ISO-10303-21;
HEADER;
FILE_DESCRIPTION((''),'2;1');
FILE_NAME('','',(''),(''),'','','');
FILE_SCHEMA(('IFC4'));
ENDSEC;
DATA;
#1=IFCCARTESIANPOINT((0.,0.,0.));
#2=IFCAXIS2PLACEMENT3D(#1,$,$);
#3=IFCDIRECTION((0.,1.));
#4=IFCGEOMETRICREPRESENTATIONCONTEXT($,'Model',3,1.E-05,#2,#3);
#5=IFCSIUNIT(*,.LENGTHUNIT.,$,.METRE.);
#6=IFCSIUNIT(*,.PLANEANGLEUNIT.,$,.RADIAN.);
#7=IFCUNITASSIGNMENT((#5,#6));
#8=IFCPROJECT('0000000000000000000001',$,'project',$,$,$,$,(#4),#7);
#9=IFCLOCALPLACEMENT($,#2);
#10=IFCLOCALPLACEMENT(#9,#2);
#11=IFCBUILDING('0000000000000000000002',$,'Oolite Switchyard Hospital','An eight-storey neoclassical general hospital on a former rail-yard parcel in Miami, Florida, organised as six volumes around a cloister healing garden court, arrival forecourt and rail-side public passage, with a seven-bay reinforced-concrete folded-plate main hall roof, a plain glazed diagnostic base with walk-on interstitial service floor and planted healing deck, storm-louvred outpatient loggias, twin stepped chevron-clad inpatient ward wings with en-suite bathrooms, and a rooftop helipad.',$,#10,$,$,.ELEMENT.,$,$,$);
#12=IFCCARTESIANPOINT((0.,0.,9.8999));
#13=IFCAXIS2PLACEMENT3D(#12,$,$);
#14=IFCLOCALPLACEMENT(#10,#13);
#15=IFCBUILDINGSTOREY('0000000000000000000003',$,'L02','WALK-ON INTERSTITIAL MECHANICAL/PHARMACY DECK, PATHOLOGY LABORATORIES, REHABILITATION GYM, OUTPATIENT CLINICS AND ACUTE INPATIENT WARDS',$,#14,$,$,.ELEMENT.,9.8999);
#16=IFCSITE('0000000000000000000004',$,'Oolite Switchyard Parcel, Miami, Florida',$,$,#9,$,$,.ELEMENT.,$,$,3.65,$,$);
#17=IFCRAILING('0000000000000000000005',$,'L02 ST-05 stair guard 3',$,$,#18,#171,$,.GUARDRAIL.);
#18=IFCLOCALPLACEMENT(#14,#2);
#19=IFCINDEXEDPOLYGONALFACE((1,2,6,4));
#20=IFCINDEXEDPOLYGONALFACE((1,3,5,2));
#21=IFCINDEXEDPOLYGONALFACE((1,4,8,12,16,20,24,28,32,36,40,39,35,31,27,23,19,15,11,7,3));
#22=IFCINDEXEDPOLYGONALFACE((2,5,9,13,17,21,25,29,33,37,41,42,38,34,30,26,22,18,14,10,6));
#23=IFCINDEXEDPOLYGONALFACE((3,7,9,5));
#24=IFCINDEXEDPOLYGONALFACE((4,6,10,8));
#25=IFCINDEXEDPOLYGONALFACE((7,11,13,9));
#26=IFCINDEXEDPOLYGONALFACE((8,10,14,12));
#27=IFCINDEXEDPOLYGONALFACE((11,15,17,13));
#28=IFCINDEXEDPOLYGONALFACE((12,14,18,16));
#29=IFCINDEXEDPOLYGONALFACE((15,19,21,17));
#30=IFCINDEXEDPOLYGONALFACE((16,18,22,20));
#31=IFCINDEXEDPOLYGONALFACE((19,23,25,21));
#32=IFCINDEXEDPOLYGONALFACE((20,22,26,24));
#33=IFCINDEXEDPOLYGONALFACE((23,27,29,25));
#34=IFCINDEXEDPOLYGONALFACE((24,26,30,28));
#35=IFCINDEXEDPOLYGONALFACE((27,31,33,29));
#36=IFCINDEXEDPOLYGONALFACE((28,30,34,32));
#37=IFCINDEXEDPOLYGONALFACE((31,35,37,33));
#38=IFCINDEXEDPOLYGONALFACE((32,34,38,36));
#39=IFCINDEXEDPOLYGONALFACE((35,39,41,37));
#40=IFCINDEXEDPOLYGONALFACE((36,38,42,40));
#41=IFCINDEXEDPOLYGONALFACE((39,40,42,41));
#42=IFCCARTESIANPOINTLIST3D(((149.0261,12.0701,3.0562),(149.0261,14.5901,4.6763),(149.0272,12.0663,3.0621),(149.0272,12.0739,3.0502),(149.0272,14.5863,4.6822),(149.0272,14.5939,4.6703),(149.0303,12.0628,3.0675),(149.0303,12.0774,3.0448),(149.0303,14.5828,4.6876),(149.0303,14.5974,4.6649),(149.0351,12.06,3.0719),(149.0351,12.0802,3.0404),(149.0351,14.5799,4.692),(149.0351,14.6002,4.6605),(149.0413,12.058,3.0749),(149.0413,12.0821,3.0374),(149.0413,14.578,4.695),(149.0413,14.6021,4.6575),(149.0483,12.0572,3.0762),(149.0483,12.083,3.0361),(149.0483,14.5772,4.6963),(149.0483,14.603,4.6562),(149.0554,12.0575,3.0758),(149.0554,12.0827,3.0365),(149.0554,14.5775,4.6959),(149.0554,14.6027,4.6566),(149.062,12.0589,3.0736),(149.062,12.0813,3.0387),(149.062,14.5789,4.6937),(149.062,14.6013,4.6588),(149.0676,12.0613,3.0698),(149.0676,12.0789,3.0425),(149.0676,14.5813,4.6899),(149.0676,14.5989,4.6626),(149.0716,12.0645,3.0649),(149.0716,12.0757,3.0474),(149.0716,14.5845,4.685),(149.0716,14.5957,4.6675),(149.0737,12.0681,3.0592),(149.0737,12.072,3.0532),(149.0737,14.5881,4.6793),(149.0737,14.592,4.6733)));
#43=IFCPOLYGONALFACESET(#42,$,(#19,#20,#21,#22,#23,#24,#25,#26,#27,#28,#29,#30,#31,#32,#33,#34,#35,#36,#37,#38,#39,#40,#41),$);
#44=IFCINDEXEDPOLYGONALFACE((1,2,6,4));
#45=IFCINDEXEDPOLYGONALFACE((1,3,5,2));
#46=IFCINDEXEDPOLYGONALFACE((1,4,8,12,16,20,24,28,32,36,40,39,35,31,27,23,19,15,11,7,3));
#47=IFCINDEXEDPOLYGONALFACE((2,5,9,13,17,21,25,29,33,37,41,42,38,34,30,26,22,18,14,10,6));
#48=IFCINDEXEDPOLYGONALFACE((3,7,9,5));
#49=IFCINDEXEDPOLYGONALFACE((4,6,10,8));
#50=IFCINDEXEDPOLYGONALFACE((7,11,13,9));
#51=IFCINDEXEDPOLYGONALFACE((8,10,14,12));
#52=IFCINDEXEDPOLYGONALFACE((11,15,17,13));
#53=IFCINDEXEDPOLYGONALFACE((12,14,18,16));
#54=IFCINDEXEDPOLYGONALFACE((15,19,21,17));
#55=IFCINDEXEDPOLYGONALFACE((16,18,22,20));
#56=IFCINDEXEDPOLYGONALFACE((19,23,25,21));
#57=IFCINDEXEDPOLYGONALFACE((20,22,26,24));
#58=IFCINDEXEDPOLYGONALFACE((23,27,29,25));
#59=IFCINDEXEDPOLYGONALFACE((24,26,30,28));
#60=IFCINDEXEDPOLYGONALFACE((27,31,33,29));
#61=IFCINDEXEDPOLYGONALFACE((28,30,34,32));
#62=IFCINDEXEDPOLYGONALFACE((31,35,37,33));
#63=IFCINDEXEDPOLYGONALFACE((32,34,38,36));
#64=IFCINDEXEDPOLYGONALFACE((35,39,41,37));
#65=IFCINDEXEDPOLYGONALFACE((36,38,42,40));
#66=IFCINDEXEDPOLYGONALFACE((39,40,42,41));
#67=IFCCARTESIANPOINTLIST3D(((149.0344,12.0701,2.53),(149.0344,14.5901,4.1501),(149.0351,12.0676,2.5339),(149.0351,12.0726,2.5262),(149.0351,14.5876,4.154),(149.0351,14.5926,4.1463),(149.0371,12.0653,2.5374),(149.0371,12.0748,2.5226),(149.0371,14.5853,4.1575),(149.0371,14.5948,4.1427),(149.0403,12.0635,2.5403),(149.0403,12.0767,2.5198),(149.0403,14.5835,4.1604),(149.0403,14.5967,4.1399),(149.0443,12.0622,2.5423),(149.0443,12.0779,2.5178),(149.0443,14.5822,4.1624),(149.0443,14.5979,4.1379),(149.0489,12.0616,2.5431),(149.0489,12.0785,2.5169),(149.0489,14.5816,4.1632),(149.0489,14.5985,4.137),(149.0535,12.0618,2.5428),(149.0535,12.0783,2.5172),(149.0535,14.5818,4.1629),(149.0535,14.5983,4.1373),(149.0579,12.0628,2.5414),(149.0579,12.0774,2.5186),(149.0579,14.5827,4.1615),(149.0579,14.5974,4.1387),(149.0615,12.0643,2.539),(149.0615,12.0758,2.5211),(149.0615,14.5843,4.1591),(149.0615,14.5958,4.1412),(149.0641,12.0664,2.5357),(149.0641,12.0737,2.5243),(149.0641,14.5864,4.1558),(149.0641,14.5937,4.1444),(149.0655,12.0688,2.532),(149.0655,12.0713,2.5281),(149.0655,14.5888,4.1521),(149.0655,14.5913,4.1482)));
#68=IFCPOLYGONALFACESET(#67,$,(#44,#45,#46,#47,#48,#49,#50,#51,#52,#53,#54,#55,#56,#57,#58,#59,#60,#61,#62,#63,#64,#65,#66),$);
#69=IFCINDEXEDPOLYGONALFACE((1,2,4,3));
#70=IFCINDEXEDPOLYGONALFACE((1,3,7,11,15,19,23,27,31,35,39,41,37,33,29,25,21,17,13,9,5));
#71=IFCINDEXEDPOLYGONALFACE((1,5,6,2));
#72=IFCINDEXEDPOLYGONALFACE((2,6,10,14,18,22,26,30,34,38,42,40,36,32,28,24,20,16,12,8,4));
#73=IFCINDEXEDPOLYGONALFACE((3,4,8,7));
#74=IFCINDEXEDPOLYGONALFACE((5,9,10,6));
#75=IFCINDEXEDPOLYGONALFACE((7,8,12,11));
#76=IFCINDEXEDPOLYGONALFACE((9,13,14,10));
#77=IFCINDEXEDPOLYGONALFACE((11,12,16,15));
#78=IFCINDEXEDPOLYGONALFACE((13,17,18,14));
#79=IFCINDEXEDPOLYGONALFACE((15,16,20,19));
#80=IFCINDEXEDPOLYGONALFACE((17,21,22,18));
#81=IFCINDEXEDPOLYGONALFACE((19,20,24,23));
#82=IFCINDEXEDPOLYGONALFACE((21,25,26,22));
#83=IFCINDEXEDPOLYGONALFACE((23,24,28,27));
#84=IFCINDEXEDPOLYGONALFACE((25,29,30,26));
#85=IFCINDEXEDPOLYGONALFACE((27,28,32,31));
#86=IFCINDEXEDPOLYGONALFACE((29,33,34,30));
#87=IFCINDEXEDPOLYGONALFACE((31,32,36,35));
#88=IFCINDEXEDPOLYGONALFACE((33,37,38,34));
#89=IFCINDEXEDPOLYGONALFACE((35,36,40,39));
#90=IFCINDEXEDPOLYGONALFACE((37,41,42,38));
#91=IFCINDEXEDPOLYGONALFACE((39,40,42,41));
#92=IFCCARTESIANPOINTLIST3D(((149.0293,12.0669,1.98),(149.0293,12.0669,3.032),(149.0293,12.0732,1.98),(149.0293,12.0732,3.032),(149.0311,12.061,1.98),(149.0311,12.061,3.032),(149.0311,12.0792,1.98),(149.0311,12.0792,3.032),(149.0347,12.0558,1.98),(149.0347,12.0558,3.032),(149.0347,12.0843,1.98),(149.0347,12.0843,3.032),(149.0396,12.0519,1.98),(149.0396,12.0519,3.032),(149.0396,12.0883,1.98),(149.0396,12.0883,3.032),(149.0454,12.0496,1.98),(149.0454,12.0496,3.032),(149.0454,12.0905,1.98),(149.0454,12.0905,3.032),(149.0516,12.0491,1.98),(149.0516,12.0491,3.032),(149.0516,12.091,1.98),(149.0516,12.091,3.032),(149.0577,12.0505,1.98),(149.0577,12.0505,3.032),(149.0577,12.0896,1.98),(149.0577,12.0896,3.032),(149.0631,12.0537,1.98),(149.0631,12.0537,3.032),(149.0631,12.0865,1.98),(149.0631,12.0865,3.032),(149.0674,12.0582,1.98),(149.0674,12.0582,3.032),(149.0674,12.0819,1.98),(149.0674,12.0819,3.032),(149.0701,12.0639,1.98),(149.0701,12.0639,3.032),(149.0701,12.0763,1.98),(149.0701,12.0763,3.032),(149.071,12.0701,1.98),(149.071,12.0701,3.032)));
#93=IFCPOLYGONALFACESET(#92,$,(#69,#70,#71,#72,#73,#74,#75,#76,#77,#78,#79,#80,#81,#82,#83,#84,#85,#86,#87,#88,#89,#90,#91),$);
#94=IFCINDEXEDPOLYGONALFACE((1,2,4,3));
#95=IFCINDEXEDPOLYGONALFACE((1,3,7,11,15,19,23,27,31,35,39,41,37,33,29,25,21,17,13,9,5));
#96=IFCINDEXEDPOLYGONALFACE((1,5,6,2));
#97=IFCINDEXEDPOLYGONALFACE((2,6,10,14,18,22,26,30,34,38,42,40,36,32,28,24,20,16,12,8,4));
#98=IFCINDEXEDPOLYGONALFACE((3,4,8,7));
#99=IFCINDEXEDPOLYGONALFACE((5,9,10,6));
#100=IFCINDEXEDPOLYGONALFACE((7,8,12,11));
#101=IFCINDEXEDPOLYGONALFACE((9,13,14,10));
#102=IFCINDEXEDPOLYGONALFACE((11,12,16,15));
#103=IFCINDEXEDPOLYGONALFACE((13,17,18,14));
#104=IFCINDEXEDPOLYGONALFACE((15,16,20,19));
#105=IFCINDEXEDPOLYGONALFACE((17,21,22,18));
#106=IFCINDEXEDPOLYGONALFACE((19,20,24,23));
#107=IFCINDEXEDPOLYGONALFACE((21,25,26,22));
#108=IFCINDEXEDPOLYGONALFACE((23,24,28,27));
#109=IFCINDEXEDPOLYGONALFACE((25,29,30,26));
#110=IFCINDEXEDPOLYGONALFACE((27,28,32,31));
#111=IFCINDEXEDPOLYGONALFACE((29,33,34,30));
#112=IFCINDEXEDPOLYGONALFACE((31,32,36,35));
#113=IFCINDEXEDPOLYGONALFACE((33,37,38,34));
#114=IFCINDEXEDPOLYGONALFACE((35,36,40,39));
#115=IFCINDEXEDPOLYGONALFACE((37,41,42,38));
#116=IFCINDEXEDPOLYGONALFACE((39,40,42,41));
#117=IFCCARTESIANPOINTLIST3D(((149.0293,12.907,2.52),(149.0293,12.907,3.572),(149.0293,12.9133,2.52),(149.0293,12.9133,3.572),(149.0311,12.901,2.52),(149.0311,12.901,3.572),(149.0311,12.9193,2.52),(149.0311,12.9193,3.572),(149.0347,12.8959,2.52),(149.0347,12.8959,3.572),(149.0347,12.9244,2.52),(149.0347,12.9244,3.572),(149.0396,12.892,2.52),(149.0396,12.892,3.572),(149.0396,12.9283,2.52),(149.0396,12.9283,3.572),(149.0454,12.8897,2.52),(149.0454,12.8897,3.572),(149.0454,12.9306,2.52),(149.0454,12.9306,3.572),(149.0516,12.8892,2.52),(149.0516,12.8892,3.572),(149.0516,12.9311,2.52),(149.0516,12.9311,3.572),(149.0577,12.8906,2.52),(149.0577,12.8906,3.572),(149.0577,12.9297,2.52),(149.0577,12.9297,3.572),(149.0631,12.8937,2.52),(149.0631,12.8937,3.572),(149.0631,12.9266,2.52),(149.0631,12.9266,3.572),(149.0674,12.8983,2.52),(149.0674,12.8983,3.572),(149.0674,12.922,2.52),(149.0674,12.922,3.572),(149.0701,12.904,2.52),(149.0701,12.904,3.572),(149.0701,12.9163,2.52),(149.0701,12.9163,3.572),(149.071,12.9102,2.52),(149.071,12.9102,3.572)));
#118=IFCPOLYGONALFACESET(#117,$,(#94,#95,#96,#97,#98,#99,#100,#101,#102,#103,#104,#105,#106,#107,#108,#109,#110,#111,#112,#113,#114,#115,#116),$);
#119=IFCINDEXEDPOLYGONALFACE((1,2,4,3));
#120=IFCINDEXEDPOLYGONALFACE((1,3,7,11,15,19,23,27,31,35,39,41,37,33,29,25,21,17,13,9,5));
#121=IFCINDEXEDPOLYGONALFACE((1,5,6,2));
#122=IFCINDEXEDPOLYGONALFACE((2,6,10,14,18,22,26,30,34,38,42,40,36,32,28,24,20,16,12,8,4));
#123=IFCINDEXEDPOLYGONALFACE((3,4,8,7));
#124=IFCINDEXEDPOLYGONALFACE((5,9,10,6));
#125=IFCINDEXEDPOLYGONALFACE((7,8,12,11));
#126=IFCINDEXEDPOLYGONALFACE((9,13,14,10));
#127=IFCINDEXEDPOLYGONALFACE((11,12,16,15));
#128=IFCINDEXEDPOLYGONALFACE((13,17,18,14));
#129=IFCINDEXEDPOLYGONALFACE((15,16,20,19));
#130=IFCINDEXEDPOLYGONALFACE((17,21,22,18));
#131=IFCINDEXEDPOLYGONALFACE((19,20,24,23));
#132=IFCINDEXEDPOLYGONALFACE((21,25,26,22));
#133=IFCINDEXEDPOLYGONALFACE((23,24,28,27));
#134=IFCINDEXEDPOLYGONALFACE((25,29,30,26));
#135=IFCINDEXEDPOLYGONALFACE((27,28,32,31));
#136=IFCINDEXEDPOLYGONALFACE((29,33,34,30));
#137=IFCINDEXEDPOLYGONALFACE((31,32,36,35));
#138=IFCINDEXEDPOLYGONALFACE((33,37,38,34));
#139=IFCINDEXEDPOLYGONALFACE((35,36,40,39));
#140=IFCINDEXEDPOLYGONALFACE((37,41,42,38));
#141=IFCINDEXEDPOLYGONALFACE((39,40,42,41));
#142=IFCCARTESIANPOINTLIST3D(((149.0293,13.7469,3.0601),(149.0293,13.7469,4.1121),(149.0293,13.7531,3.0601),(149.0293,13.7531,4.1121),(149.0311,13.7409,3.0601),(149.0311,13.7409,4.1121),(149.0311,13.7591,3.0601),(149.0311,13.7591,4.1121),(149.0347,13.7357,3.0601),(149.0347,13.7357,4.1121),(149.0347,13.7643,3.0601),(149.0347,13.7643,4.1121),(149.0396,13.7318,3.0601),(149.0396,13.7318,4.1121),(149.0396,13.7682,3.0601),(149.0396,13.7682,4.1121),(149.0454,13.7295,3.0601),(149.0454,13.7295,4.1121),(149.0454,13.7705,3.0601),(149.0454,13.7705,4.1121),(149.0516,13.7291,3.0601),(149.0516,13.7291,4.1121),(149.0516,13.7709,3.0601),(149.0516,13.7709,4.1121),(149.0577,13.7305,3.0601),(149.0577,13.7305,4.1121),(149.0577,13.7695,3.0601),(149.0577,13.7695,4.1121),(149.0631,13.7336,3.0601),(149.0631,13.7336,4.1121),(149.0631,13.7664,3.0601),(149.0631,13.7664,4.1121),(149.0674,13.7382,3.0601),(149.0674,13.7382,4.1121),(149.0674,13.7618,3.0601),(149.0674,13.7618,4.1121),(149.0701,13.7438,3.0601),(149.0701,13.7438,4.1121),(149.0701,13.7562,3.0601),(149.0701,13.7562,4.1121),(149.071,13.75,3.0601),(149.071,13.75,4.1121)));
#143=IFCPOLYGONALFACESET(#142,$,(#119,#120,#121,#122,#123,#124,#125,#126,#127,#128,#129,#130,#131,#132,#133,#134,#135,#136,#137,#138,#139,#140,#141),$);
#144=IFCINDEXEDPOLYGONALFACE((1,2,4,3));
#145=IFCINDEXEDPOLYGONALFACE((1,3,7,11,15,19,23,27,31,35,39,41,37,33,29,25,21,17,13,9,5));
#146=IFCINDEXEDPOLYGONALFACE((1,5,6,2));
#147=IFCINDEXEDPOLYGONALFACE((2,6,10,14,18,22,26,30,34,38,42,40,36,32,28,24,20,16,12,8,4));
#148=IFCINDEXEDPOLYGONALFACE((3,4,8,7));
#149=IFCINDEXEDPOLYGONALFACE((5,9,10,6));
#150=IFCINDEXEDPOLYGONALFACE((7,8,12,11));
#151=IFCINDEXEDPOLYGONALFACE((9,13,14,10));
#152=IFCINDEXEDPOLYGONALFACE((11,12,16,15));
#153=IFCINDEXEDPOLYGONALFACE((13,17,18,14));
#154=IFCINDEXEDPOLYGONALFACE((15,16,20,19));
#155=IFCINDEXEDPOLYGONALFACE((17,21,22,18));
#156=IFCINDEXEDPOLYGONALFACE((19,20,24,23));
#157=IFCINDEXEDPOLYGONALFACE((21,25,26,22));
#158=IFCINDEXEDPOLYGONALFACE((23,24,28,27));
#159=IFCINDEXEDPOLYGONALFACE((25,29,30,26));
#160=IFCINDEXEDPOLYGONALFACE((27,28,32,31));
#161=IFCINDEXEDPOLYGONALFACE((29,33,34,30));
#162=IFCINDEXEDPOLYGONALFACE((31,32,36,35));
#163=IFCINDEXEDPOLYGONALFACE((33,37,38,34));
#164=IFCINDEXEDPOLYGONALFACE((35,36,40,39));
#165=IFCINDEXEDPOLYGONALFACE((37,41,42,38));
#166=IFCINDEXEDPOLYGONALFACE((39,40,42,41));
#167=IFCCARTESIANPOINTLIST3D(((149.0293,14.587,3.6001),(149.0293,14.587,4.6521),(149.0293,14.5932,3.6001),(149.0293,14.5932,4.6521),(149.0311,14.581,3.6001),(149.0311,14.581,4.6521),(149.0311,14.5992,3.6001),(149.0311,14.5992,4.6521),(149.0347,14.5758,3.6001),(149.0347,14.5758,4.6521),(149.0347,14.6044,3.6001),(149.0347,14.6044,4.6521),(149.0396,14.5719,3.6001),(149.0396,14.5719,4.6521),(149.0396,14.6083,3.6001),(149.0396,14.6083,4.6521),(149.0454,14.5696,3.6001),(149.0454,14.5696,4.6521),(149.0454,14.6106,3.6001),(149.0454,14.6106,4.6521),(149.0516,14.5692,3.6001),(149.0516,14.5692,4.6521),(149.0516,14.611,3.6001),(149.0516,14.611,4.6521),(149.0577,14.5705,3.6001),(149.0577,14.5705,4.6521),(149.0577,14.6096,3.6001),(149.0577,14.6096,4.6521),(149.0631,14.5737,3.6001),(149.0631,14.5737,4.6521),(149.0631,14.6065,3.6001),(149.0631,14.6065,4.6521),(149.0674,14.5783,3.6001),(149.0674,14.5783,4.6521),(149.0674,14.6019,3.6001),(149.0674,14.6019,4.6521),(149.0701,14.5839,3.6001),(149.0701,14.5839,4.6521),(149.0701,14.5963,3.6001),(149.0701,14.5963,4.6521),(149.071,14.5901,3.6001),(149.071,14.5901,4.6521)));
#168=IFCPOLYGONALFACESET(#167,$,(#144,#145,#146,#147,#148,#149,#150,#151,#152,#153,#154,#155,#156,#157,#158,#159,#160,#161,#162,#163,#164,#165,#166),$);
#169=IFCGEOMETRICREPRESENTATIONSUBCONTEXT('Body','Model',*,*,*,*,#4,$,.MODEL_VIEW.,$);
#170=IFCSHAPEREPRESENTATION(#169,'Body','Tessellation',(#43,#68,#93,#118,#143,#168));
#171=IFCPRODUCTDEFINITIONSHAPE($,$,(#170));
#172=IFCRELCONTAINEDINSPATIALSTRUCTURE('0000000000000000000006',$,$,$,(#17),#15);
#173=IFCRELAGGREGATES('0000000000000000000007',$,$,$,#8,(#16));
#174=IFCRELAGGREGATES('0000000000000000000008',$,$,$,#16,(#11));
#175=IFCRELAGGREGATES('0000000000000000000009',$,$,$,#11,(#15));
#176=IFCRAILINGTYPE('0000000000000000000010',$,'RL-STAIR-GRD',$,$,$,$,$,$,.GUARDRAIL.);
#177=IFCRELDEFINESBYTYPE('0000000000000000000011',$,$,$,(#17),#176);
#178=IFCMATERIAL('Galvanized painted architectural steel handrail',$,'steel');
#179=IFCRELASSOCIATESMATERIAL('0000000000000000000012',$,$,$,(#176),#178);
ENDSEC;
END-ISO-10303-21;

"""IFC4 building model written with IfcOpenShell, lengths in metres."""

from ifc_helpers import new_model, si_unit, direction, frame, origin, origin_2d, place, context, subcontext, project, spatial, circle, extrude, material, type_object, element, save


model = new_model("IFC4")

# Units and contexts
model_context = context("Model", 3, precision=1e-05, world=origin(), true_north=direction((0.0, 1.0)))
body_context = subcontext(model_context, "Body", "Model", "MODEL_VIEW")
ifc_project = project(units=[si_unit("LENGTHUNIT", "METRE"), si_unit("PLANEANGLEUNIT", "RADIAN")], contexts=[model_context])

# Site, building, storey
site_placement = place(None, origin())
site = spatial("IfcSite", under=ifc_project, at=site_placement, Name="Oolite Switchyard Parcel, Miami, Florida", CompositionType="ELEMENT", RefElevation=3.65)
building_placement = place(site_placement, origin())
building = spatial("IfcBuilding", under=site, at=building_placement, Name="Oolite Switchyard Hospital", Description="An eight-storey neoclassical general hospital on a former rail-yard parcel in Miami, Florida, organised as six volumes around a cloister healing garden court, arrival forecourt and rail-side public passage, with a seven-bay reinforced-concrete folded-plate main hall roof, a plain glazed diagnostic base with walk-on interstitial service floor and planted healing deck, storm-louvred outpatient loggias, twin stepped chevron-clad inpatient ward wings with en-suite bathrooms, and a rooftop helipad.", CompositionType="ELEMENT")
storey_placement = place(building_placement, frame((0.0, 0.0, 9.8999)))
storey = spatial("IfcBuildingStorey", under=building, at=storey_placement, Name="L02", Description="WALK-ON INTERSTITIAL MECHANICAL/PHARMACY DECK, PATHOLOGY LABORATORIES, REHABILITATION GYM, OUTPATIENT CLINICS AND ACUTE INPATIENT WARDS", CompositionType="ELEMENT", Elevation=9.8999)

# Railing
ifc_material_1 = material(Name="Galvanized painted architectural steel handrail", Category="steel")
railing_type = type_object("IfcRailingType", Name="RL-STAIR-GRD", PredefinedType="GUARDRAIL", material=ifc_material_1)
railing_1_placement = place(storey_placement, frame((149.05, 12.0701, 1.98)))
element("IfcRailing", 1, at=railing_1_placement, inside=storey, type_object=railing_type, Name="L02 ST-05 stair guard 3", PredefinedType="GUARDRAIL", context=body_context, shape_type="SweptSolid", body=[
    extrude(circle(Radius=0.0239, at=origin_2d()), frame((0.0, 0.0, 1.0762), z_axis=(0.0, 0.841163, 0.540782), x_axis=(-1.0, 0.0, 0.0)), (0.0, 0.0, 1.0), 2.9958),
    extrude(circle(Radius=0.0156, at=origin_2d()), frame((0.0, 0.0, 0.55), z_axis=(0.0, 0.841163, 0.540782), x_axis=(-1.0, 0.0, 0.0)), (0.0, 0.0, 1.0), 2.9958),
    extrude(circle(Radius=0.021, at=origin_2d()), origin(), (0.0, 0.0, 1.0), 1.052),
    extrude(circle(Radius=0.021, at=origin_2d()), frame((0.0, 0.8401, 0.54)), (0.0, 0.0, 1.0), 1.052),
    extrude(circle(Radius=0.021, at=origin_2d()), frame((0.0, 1.6799, 1.0801)), (0.0, 0.0, 1.0), 1.052),
    extrude(circle(Radius=0.021, at=origin_2d()), frame((0.0, 2.52, 1.6201)), (0.0, 0.0, 1.0), 1.052),
])

save(model, "model.ifc")
